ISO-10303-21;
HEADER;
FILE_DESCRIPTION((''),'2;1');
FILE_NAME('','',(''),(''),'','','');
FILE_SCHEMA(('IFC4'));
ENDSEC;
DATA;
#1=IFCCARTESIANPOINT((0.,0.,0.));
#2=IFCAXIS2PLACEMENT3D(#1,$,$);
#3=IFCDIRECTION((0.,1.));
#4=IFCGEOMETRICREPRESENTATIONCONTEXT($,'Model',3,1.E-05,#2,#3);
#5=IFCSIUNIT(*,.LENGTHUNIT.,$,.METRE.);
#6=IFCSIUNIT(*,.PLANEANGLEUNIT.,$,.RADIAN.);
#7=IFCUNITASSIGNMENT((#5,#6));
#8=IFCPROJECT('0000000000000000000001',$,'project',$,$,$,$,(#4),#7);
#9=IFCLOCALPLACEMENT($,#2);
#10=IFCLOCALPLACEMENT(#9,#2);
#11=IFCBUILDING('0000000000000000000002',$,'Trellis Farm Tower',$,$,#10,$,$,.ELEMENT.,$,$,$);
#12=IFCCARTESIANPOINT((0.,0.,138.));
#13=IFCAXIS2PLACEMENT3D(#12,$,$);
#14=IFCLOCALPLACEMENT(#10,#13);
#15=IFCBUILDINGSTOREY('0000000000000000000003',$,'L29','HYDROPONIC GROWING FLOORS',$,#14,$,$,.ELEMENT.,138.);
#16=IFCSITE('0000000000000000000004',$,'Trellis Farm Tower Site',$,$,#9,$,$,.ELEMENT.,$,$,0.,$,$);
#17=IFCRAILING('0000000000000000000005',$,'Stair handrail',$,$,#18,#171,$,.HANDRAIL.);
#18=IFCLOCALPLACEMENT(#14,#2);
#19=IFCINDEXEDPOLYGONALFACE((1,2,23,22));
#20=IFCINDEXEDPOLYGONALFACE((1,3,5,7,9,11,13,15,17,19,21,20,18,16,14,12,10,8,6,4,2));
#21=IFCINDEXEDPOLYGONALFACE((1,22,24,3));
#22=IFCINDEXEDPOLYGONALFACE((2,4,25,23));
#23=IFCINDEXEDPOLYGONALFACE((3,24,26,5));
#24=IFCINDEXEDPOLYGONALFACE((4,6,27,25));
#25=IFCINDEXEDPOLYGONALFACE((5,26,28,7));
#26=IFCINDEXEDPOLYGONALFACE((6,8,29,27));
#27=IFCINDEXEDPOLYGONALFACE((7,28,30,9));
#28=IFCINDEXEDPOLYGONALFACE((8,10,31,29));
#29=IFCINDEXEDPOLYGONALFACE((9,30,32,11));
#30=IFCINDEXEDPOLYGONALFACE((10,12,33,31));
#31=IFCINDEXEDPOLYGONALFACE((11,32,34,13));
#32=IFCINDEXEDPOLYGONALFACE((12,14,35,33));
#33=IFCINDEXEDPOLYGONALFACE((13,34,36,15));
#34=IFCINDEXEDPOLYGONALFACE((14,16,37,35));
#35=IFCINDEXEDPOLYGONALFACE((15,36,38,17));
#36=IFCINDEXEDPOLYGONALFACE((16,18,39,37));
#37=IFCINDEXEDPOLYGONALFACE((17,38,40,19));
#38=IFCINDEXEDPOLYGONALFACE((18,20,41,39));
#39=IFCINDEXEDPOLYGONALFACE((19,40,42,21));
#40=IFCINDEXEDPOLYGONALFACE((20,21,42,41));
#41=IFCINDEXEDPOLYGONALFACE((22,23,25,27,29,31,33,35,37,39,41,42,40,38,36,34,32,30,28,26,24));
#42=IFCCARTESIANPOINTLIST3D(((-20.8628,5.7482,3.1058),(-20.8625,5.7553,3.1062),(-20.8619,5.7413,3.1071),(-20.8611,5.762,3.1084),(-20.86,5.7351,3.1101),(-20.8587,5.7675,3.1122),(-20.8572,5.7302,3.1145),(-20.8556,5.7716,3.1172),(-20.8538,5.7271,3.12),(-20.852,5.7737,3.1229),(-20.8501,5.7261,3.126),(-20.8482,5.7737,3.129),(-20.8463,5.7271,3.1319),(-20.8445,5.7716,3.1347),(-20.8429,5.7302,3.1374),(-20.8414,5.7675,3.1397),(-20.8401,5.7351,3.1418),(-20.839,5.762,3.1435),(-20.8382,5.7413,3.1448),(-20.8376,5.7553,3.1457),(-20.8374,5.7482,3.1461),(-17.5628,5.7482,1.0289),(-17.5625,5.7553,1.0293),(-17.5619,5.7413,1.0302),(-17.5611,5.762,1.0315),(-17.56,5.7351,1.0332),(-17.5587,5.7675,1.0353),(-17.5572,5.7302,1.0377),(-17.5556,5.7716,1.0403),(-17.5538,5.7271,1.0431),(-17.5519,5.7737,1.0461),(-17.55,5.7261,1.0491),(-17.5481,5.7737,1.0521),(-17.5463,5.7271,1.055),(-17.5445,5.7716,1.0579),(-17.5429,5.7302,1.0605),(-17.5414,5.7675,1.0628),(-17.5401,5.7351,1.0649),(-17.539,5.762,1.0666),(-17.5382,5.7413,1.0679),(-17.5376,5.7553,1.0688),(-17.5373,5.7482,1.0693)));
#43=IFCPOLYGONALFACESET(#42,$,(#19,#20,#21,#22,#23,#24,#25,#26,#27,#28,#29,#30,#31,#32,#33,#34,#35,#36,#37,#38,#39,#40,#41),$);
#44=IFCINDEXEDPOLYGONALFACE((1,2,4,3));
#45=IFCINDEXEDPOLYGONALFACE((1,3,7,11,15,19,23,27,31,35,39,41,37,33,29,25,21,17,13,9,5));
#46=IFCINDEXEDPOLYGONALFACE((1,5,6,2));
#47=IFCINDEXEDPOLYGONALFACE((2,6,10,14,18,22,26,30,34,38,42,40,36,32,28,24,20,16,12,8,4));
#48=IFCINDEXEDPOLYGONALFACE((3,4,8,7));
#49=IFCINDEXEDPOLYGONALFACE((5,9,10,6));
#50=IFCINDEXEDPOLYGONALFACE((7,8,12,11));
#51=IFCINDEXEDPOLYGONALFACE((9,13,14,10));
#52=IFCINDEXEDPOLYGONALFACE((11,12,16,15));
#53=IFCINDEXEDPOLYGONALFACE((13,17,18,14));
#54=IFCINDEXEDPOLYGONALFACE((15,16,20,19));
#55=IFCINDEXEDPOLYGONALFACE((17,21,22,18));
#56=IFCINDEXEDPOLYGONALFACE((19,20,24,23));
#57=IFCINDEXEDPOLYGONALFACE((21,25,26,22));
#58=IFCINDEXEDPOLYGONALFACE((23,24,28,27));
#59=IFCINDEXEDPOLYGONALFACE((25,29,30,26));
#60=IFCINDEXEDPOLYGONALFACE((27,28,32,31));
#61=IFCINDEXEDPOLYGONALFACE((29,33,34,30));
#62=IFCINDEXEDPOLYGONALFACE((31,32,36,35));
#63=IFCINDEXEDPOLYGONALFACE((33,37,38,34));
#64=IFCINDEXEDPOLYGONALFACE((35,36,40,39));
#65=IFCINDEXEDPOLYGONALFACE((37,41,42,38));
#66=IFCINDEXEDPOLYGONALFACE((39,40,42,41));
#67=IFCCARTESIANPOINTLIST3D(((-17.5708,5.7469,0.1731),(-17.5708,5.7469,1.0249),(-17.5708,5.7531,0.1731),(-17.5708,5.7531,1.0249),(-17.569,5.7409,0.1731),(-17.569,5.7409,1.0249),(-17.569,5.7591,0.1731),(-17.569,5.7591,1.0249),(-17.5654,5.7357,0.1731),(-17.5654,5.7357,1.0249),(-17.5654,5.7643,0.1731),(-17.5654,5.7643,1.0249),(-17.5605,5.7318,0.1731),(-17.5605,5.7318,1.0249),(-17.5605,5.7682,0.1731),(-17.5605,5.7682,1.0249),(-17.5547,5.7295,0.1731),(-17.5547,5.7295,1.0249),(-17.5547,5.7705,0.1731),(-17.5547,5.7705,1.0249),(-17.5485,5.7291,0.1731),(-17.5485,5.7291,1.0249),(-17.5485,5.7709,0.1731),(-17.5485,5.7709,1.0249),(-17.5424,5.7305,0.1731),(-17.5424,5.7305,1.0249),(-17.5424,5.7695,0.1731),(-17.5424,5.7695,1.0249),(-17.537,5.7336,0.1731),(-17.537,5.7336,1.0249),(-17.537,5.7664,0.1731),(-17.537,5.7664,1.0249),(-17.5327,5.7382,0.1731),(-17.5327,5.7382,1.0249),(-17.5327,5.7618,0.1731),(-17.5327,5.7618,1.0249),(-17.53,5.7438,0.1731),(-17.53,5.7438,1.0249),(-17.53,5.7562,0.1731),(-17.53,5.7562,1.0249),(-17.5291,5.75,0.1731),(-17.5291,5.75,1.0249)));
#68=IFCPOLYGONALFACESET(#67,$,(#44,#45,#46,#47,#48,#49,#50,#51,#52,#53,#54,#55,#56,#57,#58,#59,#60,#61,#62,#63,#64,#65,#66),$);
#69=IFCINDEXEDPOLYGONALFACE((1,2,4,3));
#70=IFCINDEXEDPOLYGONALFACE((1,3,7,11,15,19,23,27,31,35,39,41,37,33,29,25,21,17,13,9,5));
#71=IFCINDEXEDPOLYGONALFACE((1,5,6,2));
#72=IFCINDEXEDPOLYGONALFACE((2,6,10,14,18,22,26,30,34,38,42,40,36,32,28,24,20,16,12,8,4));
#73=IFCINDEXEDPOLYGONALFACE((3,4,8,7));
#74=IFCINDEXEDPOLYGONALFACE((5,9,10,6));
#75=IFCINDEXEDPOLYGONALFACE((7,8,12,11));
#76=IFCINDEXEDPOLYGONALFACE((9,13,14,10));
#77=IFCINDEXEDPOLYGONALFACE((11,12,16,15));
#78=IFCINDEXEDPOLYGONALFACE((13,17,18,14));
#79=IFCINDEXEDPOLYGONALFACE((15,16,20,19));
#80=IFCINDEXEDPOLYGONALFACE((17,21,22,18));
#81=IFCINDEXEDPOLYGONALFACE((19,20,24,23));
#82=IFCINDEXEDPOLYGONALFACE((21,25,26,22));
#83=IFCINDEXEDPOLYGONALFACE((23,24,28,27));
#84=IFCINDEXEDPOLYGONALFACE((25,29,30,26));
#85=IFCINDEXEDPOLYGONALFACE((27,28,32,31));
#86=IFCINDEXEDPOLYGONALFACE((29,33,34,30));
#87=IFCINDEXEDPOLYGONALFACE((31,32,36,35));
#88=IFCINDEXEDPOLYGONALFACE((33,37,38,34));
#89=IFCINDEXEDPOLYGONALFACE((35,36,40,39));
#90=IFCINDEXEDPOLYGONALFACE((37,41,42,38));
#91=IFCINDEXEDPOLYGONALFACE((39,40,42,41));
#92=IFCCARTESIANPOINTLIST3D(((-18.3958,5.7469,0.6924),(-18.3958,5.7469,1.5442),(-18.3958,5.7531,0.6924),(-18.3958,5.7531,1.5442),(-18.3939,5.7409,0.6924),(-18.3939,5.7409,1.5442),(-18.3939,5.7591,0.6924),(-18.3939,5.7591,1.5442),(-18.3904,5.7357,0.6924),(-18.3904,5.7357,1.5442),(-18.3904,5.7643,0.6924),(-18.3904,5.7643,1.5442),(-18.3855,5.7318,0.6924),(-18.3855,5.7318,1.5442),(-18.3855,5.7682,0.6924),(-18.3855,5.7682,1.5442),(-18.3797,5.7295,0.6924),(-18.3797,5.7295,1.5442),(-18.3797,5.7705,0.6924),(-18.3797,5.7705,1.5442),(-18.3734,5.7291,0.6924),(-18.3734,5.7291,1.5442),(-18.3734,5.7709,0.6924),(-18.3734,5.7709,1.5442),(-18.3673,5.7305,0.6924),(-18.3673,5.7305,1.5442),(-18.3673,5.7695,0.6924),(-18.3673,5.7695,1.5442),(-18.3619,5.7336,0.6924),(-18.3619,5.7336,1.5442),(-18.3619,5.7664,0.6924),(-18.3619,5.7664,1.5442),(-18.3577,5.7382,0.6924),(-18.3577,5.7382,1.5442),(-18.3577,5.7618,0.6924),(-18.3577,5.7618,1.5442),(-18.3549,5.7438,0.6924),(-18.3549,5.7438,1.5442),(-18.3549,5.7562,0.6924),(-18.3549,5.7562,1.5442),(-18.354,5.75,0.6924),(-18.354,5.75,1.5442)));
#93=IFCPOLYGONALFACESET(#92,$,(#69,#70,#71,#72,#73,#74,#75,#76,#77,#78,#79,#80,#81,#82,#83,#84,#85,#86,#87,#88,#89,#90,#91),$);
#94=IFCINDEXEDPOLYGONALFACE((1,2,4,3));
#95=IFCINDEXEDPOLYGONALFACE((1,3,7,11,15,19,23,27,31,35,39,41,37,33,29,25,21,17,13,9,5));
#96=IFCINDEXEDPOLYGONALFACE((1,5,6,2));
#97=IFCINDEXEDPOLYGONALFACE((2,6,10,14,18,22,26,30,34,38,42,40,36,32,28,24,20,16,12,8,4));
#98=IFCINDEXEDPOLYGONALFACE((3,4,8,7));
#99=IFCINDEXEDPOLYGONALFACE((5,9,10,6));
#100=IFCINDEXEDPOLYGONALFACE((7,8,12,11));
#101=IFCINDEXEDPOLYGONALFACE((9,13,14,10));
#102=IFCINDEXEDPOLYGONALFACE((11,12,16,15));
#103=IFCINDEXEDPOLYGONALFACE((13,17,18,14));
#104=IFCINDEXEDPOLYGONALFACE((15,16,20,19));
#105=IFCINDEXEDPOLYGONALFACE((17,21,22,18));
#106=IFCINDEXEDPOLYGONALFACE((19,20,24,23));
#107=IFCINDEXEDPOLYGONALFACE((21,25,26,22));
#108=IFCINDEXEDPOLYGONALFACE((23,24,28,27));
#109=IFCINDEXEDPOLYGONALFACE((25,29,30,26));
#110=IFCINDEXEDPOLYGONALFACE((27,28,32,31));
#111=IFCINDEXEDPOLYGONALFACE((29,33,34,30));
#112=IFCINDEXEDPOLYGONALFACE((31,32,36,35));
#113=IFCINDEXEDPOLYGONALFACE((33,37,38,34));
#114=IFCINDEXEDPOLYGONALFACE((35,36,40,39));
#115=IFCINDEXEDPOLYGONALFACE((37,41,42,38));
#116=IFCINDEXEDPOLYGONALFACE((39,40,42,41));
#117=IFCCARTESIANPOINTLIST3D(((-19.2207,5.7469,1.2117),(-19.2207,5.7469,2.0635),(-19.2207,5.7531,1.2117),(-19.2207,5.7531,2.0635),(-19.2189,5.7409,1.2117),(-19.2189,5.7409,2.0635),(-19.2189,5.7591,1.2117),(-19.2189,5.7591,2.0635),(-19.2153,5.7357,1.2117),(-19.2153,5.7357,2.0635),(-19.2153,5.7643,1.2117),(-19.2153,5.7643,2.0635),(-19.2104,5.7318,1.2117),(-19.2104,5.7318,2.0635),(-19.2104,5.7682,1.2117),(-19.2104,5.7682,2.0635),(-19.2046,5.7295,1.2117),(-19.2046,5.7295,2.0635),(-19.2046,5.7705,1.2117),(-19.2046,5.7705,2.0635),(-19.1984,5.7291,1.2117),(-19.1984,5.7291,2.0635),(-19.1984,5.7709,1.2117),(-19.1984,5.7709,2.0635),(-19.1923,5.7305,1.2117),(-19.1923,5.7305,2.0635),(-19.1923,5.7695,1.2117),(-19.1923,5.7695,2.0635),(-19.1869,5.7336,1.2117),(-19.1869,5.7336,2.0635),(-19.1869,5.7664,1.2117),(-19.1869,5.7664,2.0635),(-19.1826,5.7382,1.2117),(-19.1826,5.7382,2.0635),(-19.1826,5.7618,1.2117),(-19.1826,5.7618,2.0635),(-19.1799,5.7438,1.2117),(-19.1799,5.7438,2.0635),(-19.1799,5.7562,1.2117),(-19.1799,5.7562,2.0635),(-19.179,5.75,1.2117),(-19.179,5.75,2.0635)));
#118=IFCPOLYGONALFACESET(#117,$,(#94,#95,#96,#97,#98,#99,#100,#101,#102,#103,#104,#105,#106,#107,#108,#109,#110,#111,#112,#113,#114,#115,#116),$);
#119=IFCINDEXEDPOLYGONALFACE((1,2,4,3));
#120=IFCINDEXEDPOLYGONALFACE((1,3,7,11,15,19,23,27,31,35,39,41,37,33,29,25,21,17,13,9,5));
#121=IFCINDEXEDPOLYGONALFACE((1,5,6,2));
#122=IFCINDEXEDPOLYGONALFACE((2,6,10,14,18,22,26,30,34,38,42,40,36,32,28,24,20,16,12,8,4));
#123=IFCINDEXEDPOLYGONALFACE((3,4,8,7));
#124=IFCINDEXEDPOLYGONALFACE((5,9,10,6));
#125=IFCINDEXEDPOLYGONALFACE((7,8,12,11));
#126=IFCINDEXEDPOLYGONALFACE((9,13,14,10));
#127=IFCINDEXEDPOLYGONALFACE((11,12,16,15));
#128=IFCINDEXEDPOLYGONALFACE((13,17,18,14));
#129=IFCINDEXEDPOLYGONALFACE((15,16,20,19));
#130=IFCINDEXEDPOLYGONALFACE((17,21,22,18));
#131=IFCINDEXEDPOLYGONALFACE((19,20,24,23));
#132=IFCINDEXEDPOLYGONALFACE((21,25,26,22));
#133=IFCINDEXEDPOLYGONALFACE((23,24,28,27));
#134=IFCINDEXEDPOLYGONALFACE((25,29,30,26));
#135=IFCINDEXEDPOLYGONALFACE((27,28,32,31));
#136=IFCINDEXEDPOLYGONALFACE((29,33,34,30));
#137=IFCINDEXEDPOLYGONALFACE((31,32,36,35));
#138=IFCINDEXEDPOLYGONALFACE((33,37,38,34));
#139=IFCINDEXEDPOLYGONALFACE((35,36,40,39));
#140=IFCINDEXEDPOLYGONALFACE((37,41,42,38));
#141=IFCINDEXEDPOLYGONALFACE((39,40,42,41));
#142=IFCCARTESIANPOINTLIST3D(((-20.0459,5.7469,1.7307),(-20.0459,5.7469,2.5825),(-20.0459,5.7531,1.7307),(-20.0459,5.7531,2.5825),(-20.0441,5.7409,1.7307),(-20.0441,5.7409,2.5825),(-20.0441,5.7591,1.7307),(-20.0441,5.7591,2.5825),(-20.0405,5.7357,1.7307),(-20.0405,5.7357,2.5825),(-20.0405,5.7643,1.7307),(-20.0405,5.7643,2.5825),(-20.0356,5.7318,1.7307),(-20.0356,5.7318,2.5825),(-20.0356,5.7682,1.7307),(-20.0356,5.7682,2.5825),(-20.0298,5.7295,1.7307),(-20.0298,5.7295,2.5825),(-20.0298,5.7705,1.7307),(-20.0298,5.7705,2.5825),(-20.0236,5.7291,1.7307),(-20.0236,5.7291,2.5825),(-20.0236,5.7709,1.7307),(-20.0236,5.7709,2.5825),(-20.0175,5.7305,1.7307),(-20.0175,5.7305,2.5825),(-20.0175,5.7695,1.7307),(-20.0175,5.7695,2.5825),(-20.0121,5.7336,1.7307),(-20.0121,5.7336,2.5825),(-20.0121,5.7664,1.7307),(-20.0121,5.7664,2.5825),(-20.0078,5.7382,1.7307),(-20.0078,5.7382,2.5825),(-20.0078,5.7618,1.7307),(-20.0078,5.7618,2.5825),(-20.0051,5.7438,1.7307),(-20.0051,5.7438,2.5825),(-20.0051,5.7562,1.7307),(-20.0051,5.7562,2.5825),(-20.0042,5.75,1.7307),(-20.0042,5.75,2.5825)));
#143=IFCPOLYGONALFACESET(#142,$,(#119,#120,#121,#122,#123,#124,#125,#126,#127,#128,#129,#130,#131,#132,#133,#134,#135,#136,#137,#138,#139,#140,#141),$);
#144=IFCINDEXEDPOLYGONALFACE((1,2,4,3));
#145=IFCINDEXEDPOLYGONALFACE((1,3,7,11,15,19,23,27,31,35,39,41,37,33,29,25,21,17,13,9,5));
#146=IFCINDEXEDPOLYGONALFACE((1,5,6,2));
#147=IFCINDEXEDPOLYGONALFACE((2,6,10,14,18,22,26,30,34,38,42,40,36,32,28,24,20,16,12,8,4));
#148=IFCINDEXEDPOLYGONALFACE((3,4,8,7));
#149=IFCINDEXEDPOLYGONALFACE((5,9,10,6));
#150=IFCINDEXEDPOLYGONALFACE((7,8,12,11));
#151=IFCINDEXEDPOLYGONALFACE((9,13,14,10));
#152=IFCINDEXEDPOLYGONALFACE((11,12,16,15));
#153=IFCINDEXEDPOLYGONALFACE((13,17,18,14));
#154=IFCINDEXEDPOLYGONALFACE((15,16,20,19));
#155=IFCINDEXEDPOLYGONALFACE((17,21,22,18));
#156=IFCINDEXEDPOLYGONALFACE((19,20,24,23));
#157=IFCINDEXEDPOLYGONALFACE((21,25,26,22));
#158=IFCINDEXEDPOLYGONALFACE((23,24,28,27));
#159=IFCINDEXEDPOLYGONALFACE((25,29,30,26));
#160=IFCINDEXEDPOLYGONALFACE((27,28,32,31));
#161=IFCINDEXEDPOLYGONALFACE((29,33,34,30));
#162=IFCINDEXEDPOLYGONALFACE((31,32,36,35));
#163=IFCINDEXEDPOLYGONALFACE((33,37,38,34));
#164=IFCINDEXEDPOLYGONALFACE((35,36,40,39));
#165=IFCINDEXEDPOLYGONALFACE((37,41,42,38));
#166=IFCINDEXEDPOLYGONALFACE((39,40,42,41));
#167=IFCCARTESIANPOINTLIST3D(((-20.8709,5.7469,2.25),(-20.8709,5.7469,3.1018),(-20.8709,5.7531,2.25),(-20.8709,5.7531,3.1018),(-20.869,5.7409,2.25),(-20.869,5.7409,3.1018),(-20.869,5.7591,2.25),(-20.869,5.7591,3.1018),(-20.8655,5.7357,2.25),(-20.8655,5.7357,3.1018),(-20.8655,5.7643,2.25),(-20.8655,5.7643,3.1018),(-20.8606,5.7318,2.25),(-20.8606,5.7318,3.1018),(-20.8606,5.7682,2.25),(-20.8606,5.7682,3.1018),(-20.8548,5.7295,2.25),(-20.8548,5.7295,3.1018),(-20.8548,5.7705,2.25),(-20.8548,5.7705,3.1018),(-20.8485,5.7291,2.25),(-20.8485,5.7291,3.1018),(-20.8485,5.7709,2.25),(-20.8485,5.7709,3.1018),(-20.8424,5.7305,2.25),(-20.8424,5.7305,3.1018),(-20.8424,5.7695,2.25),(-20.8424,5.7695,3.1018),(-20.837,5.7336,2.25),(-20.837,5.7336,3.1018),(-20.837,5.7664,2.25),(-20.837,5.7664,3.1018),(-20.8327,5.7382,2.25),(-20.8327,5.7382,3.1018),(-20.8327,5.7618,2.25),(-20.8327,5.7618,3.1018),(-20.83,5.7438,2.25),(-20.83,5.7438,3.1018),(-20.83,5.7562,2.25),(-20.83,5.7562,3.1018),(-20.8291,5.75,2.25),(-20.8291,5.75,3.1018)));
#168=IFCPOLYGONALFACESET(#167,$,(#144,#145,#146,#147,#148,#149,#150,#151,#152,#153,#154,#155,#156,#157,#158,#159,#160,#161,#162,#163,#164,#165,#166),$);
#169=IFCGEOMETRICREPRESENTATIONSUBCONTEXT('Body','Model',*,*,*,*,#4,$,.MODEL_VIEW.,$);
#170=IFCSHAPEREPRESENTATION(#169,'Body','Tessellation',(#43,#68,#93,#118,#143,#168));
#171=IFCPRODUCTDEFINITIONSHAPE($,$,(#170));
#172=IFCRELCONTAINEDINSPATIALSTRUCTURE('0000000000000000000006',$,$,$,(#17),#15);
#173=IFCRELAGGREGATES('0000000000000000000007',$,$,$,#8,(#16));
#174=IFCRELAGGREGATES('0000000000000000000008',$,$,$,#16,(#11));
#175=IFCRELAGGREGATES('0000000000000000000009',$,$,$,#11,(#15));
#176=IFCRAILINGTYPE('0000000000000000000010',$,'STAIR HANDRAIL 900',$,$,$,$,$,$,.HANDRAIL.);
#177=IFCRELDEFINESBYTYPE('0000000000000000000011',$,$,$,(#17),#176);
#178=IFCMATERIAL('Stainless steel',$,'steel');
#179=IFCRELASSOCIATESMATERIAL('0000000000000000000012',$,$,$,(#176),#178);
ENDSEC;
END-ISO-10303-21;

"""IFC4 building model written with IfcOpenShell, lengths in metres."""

from ifc_helpers import new_model, si_unit, direction, frame, origin, origin_2d, place, context, subcontext, project, spatial, circle, extrude, source, transform, mapped, material, type_object, element, save


model = new_model("IFC4")

# Units and contexts
model_context = context("Model", 3, precision=1e-05, world=origin(), true_north=direction((0.0, 1.0)))
body_context = subcontext(model_context, "Body", "Model", "MODEL_VIEW")
ifc_project = project(units=[si_unit("LENGTHUNIT", "METRE"), si_unit("PLANEANGLEUNIT", "RADIAN")], contexts=[model_context])

# Site, building, storey
site_placement = place(None, origin())
site = spatial("IfcSite", under=ifc_project, at=site_placement, Name="Trellis Farm Tower Site", CompositionType="ELEMENT", RefElevation=0.0)
building_placement = place(site_placement, origin())
building = spatial("IfcBuilding", under=site, at=building_placement, Name="Trellis Farm Tower", CompositionType="ELEMENT")
storey_placement = place(building_placement, frame((0.0, 0.0, 138.0)))
storey = spatial("IfcBuildingStorey", under=building, at=storey_placement, Name="L29", Description="HYDROPONIC GROWING FLOORS", CompositionType="ELEMENT", Elevation=138.0)

# Railing
ifc_material_1 = material(Name="Stainless steel", Category="steel")
railing_type = type_object("IfcRailingType", Name="STAIR HANDRAIL 900", PredefinedType="HANDRAIL", material=ifc_material_1)
shared_shape_1 = source(origin(), body_context, "Body", "SweptSolid", [
    extrude(circle(Radius=0.0239, at=origin_2d()), frame((0.0, 0.0, 0.876), z_axis=(-0.846337, 0.0, 0.532647), x_axis=(0.0, -1.0, 0.0)), (0.0, 0.0, 1.0), 3.8992),
    extrude(circle(Radius=0.021, at=origin_2d()), origin(), (0.0, 0.0, 1.0), 0.8518),
    extrude(circle(Radius=0.021, at=origin_2d()), frame((-0.825, 0.0, 0.5193)), (0.0, 0.0, 1.0), 0.8518),
    extrude(circle(Radius=0.021, at=origin_2d()), frame((-1.6499, 0.0, 1.0386)), (0.0, 0.0, 1.0), 0.8518),
    extrude(circle(Radius=0.021, at=origin_2d()), frame((-2.4751, 0.0, 1.5576)), (0.0, 0.0, 1.0), 0.8518),
    extrude(circle(Radius=0.021, at=origin_2d()), frame((-3.3, 0.0, 2.0769)), (0.0, 0.0, 1.0), 0.8518),
])
for number, where, name in (
    (1, (-17.55, 5.75, 0.1731), "Stair handrail"),
):
    element("IfcRailing", number, at=place(storey_placement, frame(where)), inside=storey, type_object=railing_type, Name=name, PredefinedType="HANDRAIL", context=body_context, shape_type="MappedRepresentation", body=[
        mapped(shared_shape_1, transform((0.0, 0.0, 0.0))),
    ])

save(model, "model.ifc")
